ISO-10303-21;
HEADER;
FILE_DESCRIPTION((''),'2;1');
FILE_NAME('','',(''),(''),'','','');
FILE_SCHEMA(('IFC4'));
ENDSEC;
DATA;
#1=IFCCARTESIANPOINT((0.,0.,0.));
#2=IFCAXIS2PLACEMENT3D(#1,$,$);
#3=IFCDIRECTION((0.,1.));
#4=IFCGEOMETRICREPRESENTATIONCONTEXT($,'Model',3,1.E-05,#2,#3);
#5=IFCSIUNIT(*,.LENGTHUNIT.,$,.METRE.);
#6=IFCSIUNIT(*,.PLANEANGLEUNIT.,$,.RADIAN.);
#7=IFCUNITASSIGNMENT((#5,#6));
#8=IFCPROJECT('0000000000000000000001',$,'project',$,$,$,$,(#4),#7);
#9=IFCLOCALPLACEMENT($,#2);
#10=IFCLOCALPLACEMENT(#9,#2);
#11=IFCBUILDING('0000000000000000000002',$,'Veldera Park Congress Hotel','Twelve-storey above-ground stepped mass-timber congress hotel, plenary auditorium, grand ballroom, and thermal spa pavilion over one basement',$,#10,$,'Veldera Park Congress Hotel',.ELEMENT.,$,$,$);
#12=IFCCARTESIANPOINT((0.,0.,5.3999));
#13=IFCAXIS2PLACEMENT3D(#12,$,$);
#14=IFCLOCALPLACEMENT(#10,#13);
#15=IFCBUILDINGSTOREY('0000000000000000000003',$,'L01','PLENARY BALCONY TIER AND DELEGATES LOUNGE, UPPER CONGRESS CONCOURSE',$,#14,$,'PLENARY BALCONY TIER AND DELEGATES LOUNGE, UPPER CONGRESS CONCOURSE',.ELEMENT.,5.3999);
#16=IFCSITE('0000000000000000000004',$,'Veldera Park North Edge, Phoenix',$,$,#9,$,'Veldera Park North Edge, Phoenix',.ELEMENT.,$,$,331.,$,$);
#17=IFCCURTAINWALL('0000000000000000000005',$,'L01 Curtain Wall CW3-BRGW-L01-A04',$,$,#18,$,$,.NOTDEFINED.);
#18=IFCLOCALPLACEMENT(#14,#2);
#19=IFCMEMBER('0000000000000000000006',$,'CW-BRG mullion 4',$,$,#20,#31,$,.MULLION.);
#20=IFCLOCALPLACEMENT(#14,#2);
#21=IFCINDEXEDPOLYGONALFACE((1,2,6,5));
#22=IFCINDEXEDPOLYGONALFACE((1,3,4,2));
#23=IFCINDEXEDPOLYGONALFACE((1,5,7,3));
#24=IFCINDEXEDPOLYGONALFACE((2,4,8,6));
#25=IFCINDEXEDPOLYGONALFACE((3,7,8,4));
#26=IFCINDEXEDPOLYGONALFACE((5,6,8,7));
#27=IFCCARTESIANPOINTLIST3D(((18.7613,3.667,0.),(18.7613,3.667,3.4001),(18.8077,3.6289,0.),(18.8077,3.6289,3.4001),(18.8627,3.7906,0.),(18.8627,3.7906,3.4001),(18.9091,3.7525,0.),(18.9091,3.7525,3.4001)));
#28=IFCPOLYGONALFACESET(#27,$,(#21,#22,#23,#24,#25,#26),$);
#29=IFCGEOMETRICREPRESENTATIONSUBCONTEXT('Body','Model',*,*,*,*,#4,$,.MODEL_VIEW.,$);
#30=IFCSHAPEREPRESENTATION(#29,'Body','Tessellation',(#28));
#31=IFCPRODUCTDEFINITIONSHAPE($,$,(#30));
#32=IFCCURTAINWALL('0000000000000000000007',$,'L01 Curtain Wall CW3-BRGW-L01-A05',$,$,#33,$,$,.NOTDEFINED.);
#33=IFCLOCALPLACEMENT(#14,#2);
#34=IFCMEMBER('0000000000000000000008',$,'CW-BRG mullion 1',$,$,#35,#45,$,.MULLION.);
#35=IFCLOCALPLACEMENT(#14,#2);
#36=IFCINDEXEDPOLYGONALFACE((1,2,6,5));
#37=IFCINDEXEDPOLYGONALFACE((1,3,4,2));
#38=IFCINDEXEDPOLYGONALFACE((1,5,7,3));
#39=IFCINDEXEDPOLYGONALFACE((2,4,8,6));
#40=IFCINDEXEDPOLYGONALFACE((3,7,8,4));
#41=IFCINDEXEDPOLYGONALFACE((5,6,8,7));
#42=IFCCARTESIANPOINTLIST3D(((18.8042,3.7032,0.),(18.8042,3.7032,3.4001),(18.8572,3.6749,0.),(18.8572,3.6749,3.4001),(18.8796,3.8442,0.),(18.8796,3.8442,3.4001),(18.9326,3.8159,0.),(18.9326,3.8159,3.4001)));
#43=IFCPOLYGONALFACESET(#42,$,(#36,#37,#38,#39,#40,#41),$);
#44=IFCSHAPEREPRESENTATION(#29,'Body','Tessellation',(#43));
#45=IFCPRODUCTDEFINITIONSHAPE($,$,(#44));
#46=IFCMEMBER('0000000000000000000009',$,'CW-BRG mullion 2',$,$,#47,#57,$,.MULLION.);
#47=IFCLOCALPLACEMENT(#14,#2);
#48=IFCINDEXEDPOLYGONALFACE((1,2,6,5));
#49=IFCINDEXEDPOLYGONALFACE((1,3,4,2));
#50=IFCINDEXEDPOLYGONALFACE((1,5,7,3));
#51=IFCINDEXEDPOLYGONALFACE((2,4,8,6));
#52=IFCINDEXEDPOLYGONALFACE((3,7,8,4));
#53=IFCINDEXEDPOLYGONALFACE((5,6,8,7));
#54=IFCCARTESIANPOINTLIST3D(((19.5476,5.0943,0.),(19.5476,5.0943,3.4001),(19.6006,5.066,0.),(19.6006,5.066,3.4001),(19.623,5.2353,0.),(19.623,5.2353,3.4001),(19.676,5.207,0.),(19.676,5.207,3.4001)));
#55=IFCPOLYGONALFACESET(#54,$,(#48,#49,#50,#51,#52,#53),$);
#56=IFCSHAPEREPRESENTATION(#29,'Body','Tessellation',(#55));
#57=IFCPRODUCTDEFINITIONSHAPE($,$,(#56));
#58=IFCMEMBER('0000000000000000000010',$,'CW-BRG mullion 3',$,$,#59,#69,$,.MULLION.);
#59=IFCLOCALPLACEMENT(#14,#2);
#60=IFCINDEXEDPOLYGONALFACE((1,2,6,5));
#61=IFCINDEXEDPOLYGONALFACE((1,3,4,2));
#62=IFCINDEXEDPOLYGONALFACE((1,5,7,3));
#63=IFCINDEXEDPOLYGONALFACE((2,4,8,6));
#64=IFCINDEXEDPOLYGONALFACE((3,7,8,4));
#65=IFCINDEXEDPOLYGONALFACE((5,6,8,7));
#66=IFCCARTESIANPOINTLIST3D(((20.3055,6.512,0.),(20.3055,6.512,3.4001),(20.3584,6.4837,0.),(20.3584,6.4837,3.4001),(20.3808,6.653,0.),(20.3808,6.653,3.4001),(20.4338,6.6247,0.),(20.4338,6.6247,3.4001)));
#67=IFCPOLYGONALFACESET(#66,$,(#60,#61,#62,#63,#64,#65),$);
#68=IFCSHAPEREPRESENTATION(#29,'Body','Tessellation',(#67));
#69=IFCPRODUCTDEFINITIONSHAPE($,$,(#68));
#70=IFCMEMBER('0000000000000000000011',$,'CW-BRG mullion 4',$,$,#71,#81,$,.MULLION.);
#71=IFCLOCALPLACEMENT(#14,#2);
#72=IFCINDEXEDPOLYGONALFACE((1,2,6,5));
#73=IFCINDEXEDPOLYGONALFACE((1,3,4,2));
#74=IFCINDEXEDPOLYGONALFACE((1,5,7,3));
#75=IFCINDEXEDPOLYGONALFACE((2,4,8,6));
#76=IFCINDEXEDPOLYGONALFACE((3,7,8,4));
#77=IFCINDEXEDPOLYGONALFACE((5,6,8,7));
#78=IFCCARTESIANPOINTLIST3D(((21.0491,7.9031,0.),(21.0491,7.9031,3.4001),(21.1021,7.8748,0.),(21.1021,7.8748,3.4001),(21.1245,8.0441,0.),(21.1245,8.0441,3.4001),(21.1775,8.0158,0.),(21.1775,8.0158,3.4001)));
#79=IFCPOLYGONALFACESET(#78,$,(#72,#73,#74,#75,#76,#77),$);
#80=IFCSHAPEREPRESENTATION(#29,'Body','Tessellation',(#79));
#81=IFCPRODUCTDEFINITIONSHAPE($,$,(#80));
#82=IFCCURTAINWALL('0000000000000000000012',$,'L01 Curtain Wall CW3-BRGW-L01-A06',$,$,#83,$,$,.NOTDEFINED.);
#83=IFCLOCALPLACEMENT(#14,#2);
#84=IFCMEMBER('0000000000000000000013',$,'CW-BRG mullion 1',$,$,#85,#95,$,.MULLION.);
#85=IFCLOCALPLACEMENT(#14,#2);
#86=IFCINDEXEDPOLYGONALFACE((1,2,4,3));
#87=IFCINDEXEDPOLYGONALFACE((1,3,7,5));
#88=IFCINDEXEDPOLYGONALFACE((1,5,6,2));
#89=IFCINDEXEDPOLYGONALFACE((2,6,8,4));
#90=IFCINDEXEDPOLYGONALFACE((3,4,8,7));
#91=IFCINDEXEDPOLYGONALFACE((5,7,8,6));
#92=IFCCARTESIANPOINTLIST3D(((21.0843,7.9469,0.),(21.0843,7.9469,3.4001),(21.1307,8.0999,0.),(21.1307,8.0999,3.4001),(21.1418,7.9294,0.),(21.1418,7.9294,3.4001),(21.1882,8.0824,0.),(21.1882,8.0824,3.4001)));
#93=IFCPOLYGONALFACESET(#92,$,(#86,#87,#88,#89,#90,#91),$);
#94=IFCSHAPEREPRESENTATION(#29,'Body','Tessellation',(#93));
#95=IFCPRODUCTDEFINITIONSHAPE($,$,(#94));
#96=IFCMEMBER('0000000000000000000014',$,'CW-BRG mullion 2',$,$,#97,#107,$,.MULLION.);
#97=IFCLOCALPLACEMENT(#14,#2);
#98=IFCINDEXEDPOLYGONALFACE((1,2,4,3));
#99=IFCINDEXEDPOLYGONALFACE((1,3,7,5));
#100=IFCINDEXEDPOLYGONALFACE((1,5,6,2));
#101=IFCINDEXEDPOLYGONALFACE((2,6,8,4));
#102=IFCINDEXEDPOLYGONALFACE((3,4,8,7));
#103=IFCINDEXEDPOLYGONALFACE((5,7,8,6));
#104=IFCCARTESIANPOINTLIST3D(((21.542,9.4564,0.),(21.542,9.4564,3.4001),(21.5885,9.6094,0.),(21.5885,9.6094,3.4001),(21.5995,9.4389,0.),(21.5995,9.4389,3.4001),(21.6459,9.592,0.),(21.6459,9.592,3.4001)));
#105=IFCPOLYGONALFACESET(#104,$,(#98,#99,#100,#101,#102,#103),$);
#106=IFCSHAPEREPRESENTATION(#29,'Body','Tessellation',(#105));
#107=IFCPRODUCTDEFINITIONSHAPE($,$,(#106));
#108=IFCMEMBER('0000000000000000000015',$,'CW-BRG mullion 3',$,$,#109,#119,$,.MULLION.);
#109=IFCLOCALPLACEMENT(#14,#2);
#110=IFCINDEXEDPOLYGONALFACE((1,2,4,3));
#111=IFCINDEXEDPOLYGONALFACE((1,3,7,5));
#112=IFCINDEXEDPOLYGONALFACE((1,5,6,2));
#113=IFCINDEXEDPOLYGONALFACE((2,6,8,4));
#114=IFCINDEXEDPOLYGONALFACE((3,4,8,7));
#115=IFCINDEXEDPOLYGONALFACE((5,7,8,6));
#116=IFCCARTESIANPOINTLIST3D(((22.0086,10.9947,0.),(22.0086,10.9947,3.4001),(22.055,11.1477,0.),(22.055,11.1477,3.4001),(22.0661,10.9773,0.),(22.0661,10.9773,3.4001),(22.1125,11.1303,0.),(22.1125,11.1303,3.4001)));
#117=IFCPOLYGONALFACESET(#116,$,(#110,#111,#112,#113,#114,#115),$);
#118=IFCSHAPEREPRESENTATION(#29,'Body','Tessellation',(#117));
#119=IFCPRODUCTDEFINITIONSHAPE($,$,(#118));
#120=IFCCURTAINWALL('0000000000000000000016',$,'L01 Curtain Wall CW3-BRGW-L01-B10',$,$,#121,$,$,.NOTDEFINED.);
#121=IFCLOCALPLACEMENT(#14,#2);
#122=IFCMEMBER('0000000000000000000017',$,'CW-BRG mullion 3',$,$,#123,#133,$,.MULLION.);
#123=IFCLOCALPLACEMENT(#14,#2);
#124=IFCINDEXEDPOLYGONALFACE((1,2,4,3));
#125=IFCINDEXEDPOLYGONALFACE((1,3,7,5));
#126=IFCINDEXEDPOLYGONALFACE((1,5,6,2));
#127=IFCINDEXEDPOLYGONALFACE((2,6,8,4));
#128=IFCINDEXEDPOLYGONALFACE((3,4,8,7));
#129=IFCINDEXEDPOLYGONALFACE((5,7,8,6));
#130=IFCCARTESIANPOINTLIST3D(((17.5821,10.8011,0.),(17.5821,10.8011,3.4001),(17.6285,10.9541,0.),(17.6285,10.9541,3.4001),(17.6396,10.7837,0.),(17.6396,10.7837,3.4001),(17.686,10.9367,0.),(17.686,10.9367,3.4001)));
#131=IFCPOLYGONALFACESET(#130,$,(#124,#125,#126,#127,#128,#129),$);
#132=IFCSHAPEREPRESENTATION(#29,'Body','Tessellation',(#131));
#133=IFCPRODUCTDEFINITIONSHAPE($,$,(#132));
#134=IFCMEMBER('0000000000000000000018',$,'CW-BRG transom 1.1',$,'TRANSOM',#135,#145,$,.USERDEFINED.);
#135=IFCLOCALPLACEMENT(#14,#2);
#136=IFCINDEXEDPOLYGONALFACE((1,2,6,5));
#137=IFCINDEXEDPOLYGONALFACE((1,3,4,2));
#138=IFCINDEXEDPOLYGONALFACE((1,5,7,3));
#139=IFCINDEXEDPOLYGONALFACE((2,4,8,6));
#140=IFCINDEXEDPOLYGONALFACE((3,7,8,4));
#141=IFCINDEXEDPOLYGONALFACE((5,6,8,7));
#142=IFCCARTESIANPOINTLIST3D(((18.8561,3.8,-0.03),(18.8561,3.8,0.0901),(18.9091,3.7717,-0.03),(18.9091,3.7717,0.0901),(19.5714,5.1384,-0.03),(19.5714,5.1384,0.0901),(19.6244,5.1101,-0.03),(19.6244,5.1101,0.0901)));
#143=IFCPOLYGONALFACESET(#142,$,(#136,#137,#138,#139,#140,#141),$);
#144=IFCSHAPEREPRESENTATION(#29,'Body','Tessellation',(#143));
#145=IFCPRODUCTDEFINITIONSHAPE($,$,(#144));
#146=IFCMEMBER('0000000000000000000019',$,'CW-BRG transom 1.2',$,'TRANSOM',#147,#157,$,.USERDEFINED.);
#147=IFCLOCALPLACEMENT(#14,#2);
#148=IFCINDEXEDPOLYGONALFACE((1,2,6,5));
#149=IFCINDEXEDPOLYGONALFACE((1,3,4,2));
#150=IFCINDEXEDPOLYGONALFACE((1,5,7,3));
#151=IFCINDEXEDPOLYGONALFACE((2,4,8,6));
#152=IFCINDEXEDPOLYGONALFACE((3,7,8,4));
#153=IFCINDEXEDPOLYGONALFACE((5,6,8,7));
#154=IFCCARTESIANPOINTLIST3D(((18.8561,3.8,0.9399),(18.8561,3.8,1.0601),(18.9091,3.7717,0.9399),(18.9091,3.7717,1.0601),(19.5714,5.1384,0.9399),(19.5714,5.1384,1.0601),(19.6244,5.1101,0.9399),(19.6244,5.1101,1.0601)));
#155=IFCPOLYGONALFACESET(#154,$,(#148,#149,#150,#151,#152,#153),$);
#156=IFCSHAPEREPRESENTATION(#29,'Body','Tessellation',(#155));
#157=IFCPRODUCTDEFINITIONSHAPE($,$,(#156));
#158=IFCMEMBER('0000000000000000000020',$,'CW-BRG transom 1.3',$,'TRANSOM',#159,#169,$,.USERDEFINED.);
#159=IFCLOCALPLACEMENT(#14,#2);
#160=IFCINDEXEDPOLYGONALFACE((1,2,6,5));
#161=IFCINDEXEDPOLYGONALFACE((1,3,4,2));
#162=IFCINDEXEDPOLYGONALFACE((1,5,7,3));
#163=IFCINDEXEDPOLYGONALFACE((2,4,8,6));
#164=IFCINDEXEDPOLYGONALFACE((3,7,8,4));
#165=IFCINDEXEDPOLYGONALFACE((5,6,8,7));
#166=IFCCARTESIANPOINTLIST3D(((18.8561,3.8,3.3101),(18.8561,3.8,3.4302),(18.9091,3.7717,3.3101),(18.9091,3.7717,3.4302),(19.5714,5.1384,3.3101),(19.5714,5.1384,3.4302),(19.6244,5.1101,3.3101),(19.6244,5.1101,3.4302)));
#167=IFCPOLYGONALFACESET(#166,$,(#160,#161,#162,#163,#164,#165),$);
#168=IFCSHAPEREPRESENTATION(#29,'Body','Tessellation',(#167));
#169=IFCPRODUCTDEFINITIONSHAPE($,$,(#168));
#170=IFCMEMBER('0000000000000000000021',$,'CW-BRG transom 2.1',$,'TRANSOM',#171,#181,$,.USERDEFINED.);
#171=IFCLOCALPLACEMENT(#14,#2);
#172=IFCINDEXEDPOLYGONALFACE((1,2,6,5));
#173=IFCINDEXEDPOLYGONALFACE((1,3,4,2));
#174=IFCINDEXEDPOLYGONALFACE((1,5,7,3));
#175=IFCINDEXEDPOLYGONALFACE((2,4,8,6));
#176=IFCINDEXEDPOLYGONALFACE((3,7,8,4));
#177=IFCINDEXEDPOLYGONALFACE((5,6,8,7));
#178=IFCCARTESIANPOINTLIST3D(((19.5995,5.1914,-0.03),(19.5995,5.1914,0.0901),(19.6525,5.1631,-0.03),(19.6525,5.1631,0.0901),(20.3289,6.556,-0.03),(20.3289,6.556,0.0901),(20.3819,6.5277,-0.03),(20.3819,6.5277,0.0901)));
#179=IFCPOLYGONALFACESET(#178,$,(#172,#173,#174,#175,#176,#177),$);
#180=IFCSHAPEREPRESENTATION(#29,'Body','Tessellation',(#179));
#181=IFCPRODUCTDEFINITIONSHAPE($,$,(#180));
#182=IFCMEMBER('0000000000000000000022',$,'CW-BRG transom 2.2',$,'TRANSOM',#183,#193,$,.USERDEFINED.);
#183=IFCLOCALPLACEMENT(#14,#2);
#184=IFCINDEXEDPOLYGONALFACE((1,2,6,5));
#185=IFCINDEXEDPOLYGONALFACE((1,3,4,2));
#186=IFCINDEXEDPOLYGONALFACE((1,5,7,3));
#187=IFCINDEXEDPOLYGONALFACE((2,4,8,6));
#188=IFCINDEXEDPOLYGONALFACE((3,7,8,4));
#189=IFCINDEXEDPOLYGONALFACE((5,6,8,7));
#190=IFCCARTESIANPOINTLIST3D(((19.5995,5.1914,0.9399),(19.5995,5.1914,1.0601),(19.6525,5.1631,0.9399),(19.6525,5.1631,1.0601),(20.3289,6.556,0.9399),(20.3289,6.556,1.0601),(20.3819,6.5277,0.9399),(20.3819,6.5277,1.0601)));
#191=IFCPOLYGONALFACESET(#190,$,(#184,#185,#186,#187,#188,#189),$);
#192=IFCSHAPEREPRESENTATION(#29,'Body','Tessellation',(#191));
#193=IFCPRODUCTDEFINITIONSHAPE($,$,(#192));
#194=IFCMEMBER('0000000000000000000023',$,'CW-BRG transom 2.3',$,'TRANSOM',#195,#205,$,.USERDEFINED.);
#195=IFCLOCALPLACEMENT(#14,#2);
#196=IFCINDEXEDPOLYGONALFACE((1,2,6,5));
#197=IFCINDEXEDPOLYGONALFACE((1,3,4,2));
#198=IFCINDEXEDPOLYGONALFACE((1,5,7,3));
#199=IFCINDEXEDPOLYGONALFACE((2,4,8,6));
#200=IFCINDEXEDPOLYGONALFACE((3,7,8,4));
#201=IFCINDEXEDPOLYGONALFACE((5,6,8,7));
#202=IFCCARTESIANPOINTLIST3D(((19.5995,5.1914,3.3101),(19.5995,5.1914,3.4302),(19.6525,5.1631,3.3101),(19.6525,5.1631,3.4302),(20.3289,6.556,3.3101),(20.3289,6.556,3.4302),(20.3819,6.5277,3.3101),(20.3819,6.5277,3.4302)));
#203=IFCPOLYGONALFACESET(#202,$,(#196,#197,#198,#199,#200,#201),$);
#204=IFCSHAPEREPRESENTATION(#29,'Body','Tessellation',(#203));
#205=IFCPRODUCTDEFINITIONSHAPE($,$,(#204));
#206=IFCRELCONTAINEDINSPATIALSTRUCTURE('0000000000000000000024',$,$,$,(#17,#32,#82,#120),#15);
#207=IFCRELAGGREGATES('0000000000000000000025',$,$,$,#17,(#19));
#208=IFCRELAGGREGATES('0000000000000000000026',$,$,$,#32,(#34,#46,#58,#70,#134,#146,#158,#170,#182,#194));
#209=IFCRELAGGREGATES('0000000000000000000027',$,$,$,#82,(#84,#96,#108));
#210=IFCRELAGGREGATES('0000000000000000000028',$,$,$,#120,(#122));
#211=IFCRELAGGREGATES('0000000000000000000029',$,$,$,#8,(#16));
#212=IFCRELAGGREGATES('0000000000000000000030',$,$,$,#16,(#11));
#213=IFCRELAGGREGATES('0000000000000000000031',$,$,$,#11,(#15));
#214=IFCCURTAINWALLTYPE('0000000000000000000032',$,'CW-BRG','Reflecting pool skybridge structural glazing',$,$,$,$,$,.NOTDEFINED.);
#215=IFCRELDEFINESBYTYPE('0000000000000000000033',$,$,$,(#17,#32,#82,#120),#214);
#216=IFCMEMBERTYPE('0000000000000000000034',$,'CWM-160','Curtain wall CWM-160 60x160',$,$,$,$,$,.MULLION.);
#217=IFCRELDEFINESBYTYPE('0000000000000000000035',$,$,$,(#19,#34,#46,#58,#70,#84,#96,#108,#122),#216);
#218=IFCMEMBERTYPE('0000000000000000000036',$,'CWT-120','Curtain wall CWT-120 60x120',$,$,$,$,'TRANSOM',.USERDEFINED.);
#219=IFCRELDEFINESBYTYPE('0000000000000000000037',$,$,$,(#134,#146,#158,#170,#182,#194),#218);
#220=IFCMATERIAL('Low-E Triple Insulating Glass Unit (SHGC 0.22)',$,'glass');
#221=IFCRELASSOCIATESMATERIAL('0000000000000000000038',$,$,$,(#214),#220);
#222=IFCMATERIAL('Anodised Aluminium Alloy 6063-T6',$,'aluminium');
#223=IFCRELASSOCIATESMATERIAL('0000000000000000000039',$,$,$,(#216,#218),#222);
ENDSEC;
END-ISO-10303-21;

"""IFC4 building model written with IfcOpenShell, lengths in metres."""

from ifc_helpers import new_model, si_unit, direction, frame, origin, origin_2d, place, context, subcontext, project, spatial, rectangle, extrude, material, material_profile, profile_set, type_object, element, aggregate, save


model = new_model("IFC4")

# Units and contexts
model_context = context("Model", 3, precision=1e-05, world=origin(), true_north=direction((0.0, 1.0)))
body_context = subcontext(model_context, "Body", "Model", "MODEL_VIEW")
ifc_project = project(units=[si_unit("LENGTHUNIT", "METRE"), si_unit("PLANEANGLEUNIT", "RADIAN")], contexts=[model_context])

# Site, building, storey
site_placement = place(None, origin())
site = spatial("IfcSite", under=ifc_project, at=site_placement, Name="Veldera Park North Edge, Phoenix", LongName="Veldera Park North Edge, Phoenix", CompositionType="ELEMENT", RefElevation=331.0)
building_placement = place(site_placement, origin())
building = spatial("IfcBuilding", under=site, at=building_placement, Name="Veldera Park Congress Hotel", Description="Twelve-storey above-ground stepped mass-timber congress hotel, plenary auditorium, grand ballroom, and thermal spa pavilion over one basement", LongName="Veldera Park Congress Hotel", CompositionType="ELEMENT")
storey_placement = place(building_placement, frame((0.0, 0.0, 5.3999)))
storey = spatial("IfcBuildingStorey", under=building, at=storey_placement, Name="L01", Description="PLENARY BALCONY TIER AND DELEGATES LOUNGE, UPPER CONGRESS CONCOURSE", LongName="PLENARY BALCONY TIER AND DELEGATES LOUNGE, UPPER CONGRESS CONCOURSE", CompositionType="ELEMENT", Elevation=5.3999)

# Curtain wall, member
ifc_material_1 = material(Name="Low-E Triple Insulating Glass Unit (SHGC 0.22)", Category="glass")
curtain_wall_type = type_object("IfcCurtainWallType", Name="CW-BRG", Description="Reflecting pool skybridge structural glazing", PredefinedType="NOTDEFINED", material=ifc_material_1)
curtain_wall_1_placement = place(storey_placement, origin())
curtain_wall_1 = element("IfcCurtainWall", 1, at=curtain_wall_1_placement, inside=storey, type_object=curtain_wall_type, Name="L01 Curtain Wall CW3-BRGW-L01-A04", PredefinedType="NOTDEFINED")
ifc_material_2 = material(Name="Anodised Aluminium Alloy 6063-T6", Category="aluminium")
ifc_material_profile_1 = material_profile(ifc_material_2, rectangle(XDim=0.0601, YDim=0.1599, at=origin_2d()), Name="ALU 60x160")
ifc_profile_set_1 = profile_set([ifc_material_profile_1], Name="Anodised Aluminium Alloy 6063-T6")
member_type_1 = type_object("IfcMemberType", Name="CWM-160", Description="Curtain wall CWM-160 60x160", PredefinedType="MULLION", material=ifc_profile_set_1)
member_1_placement = place(storey_placement, frame((18.8352, 3.7097, 0.0), z_axis=(0.0, 0.0, 1.0), x_axis=(-0.773003, 0.634402, 0.0)))
member_1 = element("IfcMember", 2, at=member_1_placement, type_object=member_type_1, Name="CW-BRG mullion 4", PredefinedType="MULLION", context=body_context, shape_type="SweptSolid", body=[
    extrude(rectangle(XDim=0.0601, YDim=0.1599, at=origin_2d()), origin(), (0.0, 0.0, 1.0), 3.4001),
])
aggregate(curtain_wall_1, [member_1])

# Curtain walls, members
curtain_wall_2_placement = place(storey_placement, origin())
curtain_wall_2 = element("IfcCurtainWall", 3, at=curtain_wall_2_placement, inside=storey, type_object=curtain_wall_type, Name="L01 Curtain Wall CW3-BRGW-L01-A05", PredefinedType="NOTDEFINED")
member_2_placement = place(storey_placement, frame((18.8684, 3.7595, 0.0), z_axis=(0.0, 0.0, 1.0), x_axis=(-0.881928, 0.471385, 0.0)))
member_2 = element("IfcMember", 4, at=member_2_placement, type_object=member_type_1, Name="CW-BRG mullion 1", PredefinedType="MULLION", context=body_context, shape_type="SweptSolid", body=[
    extrude(rectangle(XDim=0.0601, YDim=0.1599, at=origin_2d()), origin(), (0.0, 0.0, 1.0), 3.4001),
])
member_3_placement = place(storey_placement, frame((19.6118, 5.1506, 0.0), z_axis=(0.0, 0.0, 1.0), x_axis=(-0.881928, 0.471385, 0.0)))
member_3 = element("IfcMember", 5, at=member_3_placement, type_object=member_type_1, Name="CW-BRG mullion 2", PredefinedType="MULLION", context=body_context, shape_type="SweptSolid", body=[
    extrude(rectangle(XDim=0.0601, YDim=0.1599, at=origin_2d()), origin(), (0.0, 0.0, 1.0), 3.4001),
])
member_4_placement = place(storey_placement, frame((20.3696, 6.5684, 0.0), z_axis=(0.0, 0.0, 1.0), x_axis=(-0.881928, 0.471385, 0.0)))
member_4 = element("IfcMember", 6, at=member_4_placement, type_object=member_type_1, Name="CW-BRG mullion 3", PredefinedType="MULLION", context=body_context, shape_type="SweptSolid", body=[
    extrude(rectangle(XDim=0.0601, YDim=0.1599, at=origin_2d()), origin(), (0.0, 0.0, 1.0), 3.4001),
])
member_5_placement = place(storey_placement, frame((21.1133, 7.9595, 0.0), z_axis=(0.0, 0.0, 1.0), x_axis=(-0.881928, 0.471385, 0.0)))
member_5 = element("IfcMember", 7, at=member_5_placement, type_object=member_type_1, Name="CW-BRG mullion 4", PredefinedType="MULLION", context=body_context, shape_type="SweptSolid", body=[
    extrude(rectangle(XDim=0.0601, YDim=0.1599, at=origin_2d()), origin(), (0.0, 0.0, 1.0), 3.4001),
])
curtain_wall_3_placement = place(storey_placement, origin())
curtain_wall_3 = element("IfcCurtainWall", 8, at=curtain_wall_3_placement, inside=storey, type_object=curtain_wall_type, Name="L01 Curtain Wall CW3-BRGW-L01-A06", PredefinedType="NOTDEFINED")
member_6_placement = place(storey_placement, frame((21.1362, 8.0146, 0.0), z_axis=(0.0, 0.0, 1.0), x_axis=(-0.956939, 0.290288, 0.0)))
member_6 = element("IfcMember", 9, at=member_6_placement, type_object=member_type_1, Name="CW-BRG mullion 1", PredefinedType="MULLION", context=body_context, shape_type="SweptSolid", body=[
    extrude(rectangle(XDim=0.0601, YDim=0.1599, at=origin_2d()), origin(), (0.0, 0.0, 1.0), 3.4001),
])
member_7_placement = place(storey_placement, frame((21.594, 9.5242, 0.0), z_axis=(0.0, 0.0, 1.0), x_axis=(-0.956939, 0.290288, 0.0)))
member_7 = element("IfcMember", 10, at=member_7_placement, type_object=member_type_1, Name="CW-BRG mullion 2", PredefinedType="MULLION", context=body_context, shape_type="SweptSolid", body=[
    extrude(rectangle(XDim=0.0601, YDim=0.1599, at=origin_2d()), origin(), (0.0, 0.0, 1.0), 3.4001),
])
member_8_placement = place(storey_placement, frame((22.0605, 11.0625, 0.0), z_axis=(0.0, 0.0, 1.0), x_axis=(-0.956939, 0.290288, 0.0)))
member_8 = element("IfcMember", 11, at=member_8_placement, type_object=member_type_1, Name="CW-BRG mullion 3", PredefinedType="MULLION", context=body_context, shape_type="SweptSolid", body=[
    extrude(rectangle(XDim=0.0601, YDim=0.1599, at=origin_2d()), origin(), (0.0, 0.0, 1.0), 3.4001),
])

# Curtain wall, member
curtain_wall_4_placement = place(storey_placement, origin())
curtain_wall_4 = element("IfcCurtainWall", 12, at=curtain_wall_4_placement, inside=storey, type_object=curtain_wall_type, Name="L01 Curtain Wall CW3-BRGW-L01-B10", PredefinedType="NOTDEFINED")
member_9_placement = place(storey_placement, frame((17.634, 10.8689, 0.0), z_axis=(0.0, 0.0, 1.0), x_axis=(0.956939, -0.29029, 0.0)))
member_9 = element("IfcMember", 13, at=member_9_placement, type_object=member_type_1, Name="CW-BRG mullion 3", PredefinedType="MULLION", context=body_context, shape_type="SweptSolid", body=[
    extrude(rectangle(XDim=0.0601, YDim=0.1599, at=origin_2d()), origin(), (0.0, 0.0, 1.0), 3.4001),
])

# Members
ifc_material_profile_2 = material_profile(ifc_material_2, rectangle(XDim=0.0601, YDim=0.1201, at=origin_2d()), Name="ALU 60x120")
ifc_profile_set_2 = profile_set([ifc_material_profile_2], Name="Anodised Aluminium Alloy 6063-T6")
member_type_2 = type_object("IfcMemberType", Name="CWT-120", Description="Curtain wall CWT-120 60x120", ElementType="TRANSOM", PredefinedType="USERDEFINED", material=ifc_profile_set_2)
member_10_placement = place(storey_placement, frame((18.8826, 3.7859, 0.03), z_axis=(0.471373, 0.881934, 0.0), x_axis=(-0.881934, 0.471373, 0.0)))
member_10 = element("IfcMember", 14, at=member_10_placement, type_object=member_type_2, Name="CW-BRG transom 1.1", ObjectType="TRANSOM", PredefinedType="USERDEFINED", context=body_context, shape_type="SweptSolid", body=[
    extrude(rectangle(XDim=0.0601, YDim=0.1201, at=origin_2d()), origin(), (0.0, 0.0, 1.0), 1.5176),
])
member_11_placement = place(storey_placement, frame((18.8826, 3.7859, 1.0), z_axis=(0.471373, 0.881934, 0.0), x_axis=(-0.881934, 0.471373, 0.0)))
member_11 = element("IfcMember", 15, at=member_11_placement, type_object=member_type_2, Name="CW-BRG transom 1.2", ObjectType="TRANSOM", PredefinedType="USERDEFINED", context=body_context, shape_type="SweptSolid", body=[
    extrude(rectangle(XDim=0.0601, YDim=0.1201, at=origin_2d()), origin(), (0.0, 0.0, 1.0), 1.5176),
])
member_12_placement = place(storey_placement, frame((18.8826, 3.7859, 3.3701), z_axis=(0.471373, 0.881934, 0.0), x_axis=(-0.881934, 0.471373, 0.0)))
member_12 = element("IfcMember", 16, at=member_12_placement, type_object=member_type_2, Name="CW-BRG transom 1.3", ObjectType="TRANSOM", PredefinedType="USERDEFINED", context=body_context, shape_type="SweptSolid", body=[
    extrude(rectangle(XDim=0.0601, YDim=0.1201, at=origin_2d()), origin(), (0.0, 0.0, 1.0), 1.5176),
])
member_13_placement = place(storey_placement, frame((19.626, 5.1772, 0.03), z_axis=(0.471407, 0.881916, 0.0), x_axis=(-0.881916, 0.471407, 0.0)))
member_13 = element("IfcMember", 17, at=member_13_placement, type_object=member_type_2, Name="CW-BRG transom 2.1", ObjectType="TRANSOM", PredefinedType="USERDEFINED", context=body_context, shape_type="SweptSolid", body=[
    extrude(rectangle(XDim=0.0601, YDim=0.1201, at=origin_2d()), origin(), (0.0, 0.0, 1.0), 1.5474),
])
member_14_placement = place(storey_placement, frame((19.626, 5.1772, 1.0), z_axis=(0.471407, 0.881916, 0.0), x_axis=(-0.881916, 0.471407, 0.0)))
member_14 = element("IfcMember", 18, at=member_14_placement, type_object=member_type_2, Name="CW-BRG transom 2.2", ObjectType="TRANSOM", PredefinedType="USERDEFINED", context=body_context, shape_type="SweptSolid", body=[
    extrude(rectangle(XDim=0.0601, YDim=0.1201, at=origin_2d()), origin(), (0.0, 0.0, 1.0), 1.5474),
])
member_15_placement = place(storey_placement, frame((19.626, 5.1772, 3.3701), z_axis=(0.471407, 0.881916, 0.0), x_axis=(-0.881916, 0.471407, 0.0)))
member_15 = element("IfcMember", 19, at=member_15_placement, type_object=member_type_2, Name="CW-BRG transom 2.3", ObjectType="TRANSOM", PredefinedType="USERDEFINED", context=body_context, shape_type="SweptSolid", body=[
    extrude(rectangle(XDim=0.0601, YDim=0.1201, at=origin_2d()), origin(), (0.0, 0.0, 1.0), 1.5474),
])

aggregate(curtain_wall_2, [member_2, member_3, member_4, member_5, member_10, member_11, member_12, member_13, member_14, member_15])
aggregate(curtain_wall_3, [member_6, member_7, member_8])
aggregate(curtain_wall_4, [member_9])

save(model, "model.ifc")
